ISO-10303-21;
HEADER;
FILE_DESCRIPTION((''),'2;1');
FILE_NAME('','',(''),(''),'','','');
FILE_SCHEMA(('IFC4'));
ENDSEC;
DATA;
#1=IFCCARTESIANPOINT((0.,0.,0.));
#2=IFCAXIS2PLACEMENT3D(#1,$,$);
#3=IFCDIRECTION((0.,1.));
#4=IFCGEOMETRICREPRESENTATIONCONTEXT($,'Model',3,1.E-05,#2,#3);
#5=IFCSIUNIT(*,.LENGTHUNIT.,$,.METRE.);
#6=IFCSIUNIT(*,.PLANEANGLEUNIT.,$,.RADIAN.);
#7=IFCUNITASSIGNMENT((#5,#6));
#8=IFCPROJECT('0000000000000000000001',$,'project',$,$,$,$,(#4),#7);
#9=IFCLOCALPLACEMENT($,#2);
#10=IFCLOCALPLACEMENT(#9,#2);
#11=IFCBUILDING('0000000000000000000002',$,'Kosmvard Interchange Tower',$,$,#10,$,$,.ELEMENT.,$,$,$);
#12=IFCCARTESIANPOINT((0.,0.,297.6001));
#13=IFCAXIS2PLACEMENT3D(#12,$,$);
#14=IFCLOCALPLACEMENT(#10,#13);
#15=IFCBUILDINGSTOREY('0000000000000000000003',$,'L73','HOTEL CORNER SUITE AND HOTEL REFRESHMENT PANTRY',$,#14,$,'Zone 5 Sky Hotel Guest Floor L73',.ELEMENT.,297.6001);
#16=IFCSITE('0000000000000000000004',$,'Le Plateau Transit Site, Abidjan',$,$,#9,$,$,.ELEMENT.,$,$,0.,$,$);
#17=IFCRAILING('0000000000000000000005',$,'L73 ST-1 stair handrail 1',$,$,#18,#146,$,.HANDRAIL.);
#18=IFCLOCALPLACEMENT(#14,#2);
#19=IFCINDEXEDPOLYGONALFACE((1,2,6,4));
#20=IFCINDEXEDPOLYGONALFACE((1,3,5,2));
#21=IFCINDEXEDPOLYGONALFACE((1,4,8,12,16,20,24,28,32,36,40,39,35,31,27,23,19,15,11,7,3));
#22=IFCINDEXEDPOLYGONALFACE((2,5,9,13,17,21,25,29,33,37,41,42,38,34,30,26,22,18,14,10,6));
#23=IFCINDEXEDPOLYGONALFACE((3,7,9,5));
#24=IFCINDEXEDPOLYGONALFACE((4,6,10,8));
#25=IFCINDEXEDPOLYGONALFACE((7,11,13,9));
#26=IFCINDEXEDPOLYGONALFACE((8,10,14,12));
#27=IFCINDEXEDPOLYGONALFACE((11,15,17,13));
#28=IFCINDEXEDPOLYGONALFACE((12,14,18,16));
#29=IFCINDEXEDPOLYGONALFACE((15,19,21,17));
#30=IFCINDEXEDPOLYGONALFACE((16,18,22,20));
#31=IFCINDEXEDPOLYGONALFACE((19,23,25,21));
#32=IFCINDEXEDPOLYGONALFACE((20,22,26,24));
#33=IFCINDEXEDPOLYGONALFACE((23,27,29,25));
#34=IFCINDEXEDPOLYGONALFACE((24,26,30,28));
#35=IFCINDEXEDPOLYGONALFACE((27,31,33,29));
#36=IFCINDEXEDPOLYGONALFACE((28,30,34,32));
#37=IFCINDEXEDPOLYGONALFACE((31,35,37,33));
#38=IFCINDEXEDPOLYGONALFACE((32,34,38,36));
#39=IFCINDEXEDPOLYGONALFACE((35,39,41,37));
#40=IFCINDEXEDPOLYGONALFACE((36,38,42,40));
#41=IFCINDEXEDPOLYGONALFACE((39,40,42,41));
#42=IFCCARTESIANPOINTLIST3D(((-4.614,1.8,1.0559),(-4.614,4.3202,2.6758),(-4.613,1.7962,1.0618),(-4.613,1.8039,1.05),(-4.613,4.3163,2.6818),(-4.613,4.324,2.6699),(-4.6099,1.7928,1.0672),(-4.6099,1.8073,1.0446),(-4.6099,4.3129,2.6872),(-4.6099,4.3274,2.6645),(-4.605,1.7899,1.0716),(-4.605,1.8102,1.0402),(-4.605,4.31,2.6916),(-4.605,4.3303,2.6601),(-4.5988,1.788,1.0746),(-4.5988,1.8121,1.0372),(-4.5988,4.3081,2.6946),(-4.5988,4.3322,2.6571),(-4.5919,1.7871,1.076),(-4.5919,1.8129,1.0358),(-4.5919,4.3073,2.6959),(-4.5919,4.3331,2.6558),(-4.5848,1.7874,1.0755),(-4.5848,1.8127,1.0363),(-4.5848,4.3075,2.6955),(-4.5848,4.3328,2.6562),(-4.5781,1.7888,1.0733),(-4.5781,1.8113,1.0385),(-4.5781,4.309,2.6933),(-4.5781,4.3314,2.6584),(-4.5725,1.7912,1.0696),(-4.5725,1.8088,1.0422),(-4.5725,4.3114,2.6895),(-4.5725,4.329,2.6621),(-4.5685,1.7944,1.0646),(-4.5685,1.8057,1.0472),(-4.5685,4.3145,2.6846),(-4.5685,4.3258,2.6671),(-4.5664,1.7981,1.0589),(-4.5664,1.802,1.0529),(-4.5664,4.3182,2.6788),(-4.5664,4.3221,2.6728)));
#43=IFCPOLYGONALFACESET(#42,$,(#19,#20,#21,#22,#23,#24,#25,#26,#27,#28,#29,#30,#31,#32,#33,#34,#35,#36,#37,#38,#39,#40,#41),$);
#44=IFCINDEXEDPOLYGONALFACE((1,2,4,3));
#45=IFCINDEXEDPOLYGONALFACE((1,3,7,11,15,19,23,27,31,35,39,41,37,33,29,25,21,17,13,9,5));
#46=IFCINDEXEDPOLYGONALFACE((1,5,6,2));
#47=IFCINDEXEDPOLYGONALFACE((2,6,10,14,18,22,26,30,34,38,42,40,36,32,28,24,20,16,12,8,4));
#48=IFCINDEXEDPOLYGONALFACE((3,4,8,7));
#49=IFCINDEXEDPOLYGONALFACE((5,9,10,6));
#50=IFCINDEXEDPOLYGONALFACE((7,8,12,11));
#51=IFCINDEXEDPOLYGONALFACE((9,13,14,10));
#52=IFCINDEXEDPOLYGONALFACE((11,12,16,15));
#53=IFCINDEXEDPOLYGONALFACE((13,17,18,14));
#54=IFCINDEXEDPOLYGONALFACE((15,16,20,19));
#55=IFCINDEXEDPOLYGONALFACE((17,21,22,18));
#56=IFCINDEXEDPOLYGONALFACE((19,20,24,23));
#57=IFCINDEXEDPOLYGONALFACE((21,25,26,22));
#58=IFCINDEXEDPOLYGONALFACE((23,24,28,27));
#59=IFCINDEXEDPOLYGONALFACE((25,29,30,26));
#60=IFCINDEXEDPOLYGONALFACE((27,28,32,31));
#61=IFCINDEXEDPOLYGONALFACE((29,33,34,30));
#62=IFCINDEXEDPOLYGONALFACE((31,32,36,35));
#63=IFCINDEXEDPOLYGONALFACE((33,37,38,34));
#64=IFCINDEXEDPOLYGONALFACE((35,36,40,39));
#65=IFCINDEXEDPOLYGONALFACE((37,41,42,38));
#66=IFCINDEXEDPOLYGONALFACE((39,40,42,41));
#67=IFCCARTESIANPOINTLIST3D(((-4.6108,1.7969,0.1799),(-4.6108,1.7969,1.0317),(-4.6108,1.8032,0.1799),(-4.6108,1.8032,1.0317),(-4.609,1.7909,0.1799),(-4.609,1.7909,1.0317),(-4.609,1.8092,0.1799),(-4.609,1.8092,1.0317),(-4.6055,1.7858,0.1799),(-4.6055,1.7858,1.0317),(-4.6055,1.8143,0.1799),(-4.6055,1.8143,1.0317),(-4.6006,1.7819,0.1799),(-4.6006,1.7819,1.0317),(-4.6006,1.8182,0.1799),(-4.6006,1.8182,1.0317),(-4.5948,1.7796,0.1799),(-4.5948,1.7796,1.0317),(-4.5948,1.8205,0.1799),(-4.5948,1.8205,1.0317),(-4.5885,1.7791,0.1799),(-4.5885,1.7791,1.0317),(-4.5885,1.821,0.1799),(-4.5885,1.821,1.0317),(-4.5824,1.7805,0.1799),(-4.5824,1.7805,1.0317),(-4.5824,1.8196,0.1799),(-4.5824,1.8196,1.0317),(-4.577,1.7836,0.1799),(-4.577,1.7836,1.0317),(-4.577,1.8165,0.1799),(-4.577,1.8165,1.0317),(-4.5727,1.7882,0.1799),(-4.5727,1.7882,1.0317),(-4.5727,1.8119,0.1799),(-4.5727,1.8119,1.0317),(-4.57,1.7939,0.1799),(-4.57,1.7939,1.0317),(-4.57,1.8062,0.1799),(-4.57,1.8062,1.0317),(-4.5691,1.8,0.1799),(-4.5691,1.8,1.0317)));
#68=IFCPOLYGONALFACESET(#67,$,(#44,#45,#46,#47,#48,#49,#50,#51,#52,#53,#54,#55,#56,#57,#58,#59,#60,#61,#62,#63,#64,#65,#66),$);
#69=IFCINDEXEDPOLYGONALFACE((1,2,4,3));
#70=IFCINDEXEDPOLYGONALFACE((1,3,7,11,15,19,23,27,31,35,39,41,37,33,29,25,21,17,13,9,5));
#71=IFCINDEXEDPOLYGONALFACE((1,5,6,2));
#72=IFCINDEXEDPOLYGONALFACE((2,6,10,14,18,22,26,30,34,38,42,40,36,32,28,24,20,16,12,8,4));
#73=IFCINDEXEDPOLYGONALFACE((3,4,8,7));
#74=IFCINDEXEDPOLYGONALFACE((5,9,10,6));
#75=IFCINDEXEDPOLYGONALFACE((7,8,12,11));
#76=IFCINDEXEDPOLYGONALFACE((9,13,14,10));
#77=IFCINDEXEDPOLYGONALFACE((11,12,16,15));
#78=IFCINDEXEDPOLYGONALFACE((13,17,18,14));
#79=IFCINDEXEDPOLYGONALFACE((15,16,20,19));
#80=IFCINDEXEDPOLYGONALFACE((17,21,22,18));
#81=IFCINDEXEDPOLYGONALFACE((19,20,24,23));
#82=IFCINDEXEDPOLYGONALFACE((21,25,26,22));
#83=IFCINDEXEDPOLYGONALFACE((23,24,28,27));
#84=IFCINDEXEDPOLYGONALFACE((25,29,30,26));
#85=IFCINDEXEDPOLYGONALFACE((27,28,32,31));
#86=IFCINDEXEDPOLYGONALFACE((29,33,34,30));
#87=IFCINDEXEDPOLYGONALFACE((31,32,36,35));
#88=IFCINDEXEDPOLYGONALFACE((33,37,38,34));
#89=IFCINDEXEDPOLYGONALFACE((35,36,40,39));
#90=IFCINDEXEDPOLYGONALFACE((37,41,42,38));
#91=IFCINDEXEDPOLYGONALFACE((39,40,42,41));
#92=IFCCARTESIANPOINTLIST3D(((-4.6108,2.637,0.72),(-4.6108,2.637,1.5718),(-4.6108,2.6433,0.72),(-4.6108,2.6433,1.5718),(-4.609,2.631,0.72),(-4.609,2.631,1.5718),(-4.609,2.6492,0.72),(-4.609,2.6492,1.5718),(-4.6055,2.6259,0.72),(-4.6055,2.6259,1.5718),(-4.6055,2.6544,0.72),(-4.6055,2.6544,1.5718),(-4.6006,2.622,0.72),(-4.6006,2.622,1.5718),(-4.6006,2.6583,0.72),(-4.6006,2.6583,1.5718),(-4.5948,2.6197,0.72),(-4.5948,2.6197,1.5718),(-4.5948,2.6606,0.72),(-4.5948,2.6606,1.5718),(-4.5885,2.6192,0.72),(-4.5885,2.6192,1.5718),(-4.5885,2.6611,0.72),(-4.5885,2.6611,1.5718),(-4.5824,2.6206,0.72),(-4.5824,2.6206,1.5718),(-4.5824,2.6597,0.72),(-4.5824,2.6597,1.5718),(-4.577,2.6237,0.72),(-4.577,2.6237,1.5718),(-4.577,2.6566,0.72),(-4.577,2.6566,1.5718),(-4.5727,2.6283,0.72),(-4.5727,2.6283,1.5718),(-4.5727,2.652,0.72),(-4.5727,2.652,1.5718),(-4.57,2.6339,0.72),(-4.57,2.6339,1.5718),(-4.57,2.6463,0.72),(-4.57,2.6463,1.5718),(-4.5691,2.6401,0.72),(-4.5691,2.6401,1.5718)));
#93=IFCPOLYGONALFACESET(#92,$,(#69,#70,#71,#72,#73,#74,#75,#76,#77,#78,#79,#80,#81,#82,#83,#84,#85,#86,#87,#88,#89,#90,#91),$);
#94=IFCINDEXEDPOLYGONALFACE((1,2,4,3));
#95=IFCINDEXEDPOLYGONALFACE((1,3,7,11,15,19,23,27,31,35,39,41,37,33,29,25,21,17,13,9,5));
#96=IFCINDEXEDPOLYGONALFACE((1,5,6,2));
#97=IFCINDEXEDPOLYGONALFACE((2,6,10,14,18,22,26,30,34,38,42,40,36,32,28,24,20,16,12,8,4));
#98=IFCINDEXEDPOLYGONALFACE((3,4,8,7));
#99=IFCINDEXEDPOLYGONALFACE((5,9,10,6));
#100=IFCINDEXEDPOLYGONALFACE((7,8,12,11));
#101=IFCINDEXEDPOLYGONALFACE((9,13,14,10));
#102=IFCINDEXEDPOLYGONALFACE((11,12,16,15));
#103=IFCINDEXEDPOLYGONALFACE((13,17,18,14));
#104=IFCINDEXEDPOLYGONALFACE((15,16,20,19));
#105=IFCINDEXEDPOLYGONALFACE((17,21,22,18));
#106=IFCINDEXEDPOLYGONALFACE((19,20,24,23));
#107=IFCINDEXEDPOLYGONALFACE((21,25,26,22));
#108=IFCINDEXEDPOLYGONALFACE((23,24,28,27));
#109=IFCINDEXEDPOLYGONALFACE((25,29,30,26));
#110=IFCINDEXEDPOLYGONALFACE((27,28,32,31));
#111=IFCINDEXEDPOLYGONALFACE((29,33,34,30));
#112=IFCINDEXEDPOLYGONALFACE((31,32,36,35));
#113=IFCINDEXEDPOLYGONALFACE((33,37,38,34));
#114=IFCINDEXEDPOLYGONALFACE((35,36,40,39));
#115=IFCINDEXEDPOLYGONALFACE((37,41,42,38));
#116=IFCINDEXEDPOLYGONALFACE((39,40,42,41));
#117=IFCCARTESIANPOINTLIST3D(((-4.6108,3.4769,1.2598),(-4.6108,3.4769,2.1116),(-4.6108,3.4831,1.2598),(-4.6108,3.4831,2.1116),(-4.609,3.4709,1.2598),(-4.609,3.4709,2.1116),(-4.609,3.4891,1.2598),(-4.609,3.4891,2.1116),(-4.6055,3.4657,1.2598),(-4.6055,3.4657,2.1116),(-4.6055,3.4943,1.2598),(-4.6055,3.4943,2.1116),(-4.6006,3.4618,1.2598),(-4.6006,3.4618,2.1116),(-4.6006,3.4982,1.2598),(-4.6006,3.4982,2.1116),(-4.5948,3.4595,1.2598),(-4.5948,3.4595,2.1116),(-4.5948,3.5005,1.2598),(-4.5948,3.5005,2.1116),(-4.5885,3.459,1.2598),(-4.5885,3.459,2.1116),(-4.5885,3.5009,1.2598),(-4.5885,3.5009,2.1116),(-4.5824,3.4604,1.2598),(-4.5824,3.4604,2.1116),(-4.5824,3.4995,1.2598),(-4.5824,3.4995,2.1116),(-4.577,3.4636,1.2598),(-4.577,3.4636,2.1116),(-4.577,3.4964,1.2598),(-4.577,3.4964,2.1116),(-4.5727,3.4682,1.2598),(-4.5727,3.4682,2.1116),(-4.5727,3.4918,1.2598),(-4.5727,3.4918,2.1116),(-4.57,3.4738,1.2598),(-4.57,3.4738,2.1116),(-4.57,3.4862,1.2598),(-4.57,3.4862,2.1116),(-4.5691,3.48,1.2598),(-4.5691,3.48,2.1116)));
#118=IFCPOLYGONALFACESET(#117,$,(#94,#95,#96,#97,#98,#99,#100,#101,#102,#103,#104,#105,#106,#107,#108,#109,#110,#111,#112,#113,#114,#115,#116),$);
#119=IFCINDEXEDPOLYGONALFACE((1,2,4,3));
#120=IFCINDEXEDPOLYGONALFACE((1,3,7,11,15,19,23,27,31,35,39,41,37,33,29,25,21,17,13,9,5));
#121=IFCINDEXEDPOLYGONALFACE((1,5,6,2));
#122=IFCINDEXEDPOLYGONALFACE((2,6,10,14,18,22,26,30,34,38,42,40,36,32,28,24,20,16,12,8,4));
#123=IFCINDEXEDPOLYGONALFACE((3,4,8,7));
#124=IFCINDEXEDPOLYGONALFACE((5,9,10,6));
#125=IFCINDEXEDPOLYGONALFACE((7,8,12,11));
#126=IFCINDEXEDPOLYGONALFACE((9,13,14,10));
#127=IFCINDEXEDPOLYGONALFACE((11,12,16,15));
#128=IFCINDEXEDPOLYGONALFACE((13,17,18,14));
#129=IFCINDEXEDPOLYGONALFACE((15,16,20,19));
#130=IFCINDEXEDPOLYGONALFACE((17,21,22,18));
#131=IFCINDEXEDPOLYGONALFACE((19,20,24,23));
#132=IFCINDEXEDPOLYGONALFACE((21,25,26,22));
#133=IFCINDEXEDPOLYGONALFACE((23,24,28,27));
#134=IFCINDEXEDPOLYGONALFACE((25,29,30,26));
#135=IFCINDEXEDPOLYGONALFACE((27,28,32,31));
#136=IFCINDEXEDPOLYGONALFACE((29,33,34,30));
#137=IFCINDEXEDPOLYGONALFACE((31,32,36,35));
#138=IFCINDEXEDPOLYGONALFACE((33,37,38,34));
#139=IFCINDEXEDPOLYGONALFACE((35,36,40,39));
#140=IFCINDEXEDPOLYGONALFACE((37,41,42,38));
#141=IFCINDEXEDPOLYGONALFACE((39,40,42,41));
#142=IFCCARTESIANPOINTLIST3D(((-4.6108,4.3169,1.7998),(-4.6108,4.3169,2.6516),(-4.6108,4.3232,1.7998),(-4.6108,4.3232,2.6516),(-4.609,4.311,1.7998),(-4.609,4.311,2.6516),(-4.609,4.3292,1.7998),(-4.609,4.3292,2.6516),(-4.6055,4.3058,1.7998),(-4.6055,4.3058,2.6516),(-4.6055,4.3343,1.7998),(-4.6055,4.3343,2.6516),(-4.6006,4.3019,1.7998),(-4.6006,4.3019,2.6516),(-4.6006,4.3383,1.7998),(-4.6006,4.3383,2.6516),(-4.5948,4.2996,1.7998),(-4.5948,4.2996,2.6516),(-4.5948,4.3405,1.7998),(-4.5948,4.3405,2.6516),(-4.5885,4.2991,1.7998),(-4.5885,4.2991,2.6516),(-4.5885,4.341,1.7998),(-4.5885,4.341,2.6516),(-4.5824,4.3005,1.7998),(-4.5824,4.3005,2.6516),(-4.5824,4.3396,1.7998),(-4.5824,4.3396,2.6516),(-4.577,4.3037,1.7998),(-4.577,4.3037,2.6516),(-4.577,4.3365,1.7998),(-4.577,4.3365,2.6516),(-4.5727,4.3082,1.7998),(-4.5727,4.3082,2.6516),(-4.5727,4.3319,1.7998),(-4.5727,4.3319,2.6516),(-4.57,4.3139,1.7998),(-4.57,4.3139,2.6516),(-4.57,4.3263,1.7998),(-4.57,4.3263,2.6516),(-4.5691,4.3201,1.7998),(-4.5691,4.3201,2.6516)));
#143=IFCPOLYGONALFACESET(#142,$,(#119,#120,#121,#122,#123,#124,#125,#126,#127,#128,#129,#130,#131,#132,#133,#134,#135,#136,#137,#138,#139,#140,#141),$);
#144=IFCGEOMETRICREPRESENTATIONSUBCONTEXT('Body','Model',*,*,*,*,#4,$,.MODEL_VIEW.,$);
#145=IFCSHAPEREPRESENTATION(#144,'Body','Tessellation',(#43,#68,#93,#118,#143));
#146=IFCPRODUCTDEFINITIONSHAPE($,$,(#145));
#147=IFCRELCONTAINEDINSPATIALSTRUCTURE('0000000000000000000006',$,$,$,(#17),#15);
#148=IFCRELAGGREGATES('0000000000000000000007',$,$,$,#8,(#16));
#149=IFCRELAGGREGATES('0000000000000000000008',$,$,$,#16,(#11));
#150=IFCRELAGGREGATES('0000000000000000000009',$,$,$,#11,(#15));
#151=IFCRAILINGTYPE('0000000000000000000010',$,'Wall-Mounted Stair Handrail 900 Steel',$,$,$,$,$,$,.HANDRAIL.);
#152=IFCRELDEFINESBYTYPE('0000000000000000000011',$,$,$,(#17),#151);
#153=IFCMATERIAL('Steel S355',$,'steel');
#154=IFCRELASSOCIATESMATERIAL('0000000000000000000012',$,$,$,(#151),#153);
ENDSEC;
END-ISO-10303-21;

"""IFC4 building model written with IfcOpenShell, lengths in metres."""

from ifc_helpers import new_model, si_unit, direction, frame, origin, origin_2d, place, context, subcontext, project, spatial, circle, extrude, source, transform, mapped, material, type_object, element, save


model = new_model("IFC4")

# Units and contexts
model_context = context("Model", 3, precision=1e-05, world=origin(), true_north=direction((0.0, 1.0)))
body_context = subcontext(model_context, "Body", "Model", "MODEL_VIEW")
ifc_project = project(units=[si_unit("LENGTHUNIT", "METRE"), si_unit("PLANEANGLEUNIT", "RADIAN")], contexts=[model_context])

# Site, building, storey
site_placement = place(None, origin())
site = spatial("IfcSite", under=ifc_project, at=site_placement, Name="Le Plateau Transit Site, Abidjan", CompositionType="ELEMENT", RefElevation=0.0)
building_placement = place(site_placement, origin())
building = spatial("IfcBuilding", under=site, at=building_placement, Name="Kosmvard Interchange Tower", CompositionType="ELEMENT")
storey_placement = place(building_placement, frame((0.0, 0.0, 297.6001)))
storey = spatial("IfcBuildingStorey", under=building, at=storey_placement, Name="L73", Description="HOTEL CORNER SUITE AND HOTEL REFRESHMENT PANTRY", LongName="Zone 5 Sky Hotel Guest Floor L73", CompositionType="ELEMENT", Elevation=297.6001)

# Shared definitions
ifc_material_1 = material(Name="Steel S355", Category="steel")

# Railing
railing_type_1 = type_object("IfcRailingType", Name="Wall-Mounted Stair Handrail 900 Steel", PredefinedType="HANDRAIL", material=ifc_material_1)
shared_shape_1 = source(origin(), body_context, "Body", "SweptSolid", [
    extrude(circle(Radius=0.0239, at=origin_2d()), frame((0.0, 0.0, 0.876), z_axis=(0.0, 0.8412, 0.540725), x_axis=(-1.0, 0.0, 0.0)), (0.0, 0.0, 1.0), 2.9958),
    extrude(circle(Radius=0.021, at=origin_2d()), origin(), (0.0, 0.0, 1.0), 0.8518),
    extrude(circle(Radius=0.021, at=origin_2d()), frame((0.0, 0.8401, 0.54)), (0.0, 0.0, 1.0), 0.8518),
    extrude(circle(Radius=0.021, at=origin_2d()), frame((0.0, 1.6799, 1.0798)), (0.0, 0.0, 1.0), 0.8518),
    extrude(circle(Radius=0.021, at=origin_2d()), frame((0.0, 2.52, 1.6199)), (0.0, 0.0, 1.0), 0.8518),
])
railing_1_placement = place(storey_placement, frame((-4.5901, 1.8, 0.1799)))
element("IfcRailing", 1, at=railing_1_placement, inside=storey, type_object=railing_type_1, Name="L73 ST-1 stair handrail 1", PredefinedType="HANDRAIL", context=body_context, shape_type="MappedRepresentation", body=[
    mapped(shared_shape_1, transform((0.0, 0.0, 0.0), scale=1.0)),
])

save(model, "model.ifc")
